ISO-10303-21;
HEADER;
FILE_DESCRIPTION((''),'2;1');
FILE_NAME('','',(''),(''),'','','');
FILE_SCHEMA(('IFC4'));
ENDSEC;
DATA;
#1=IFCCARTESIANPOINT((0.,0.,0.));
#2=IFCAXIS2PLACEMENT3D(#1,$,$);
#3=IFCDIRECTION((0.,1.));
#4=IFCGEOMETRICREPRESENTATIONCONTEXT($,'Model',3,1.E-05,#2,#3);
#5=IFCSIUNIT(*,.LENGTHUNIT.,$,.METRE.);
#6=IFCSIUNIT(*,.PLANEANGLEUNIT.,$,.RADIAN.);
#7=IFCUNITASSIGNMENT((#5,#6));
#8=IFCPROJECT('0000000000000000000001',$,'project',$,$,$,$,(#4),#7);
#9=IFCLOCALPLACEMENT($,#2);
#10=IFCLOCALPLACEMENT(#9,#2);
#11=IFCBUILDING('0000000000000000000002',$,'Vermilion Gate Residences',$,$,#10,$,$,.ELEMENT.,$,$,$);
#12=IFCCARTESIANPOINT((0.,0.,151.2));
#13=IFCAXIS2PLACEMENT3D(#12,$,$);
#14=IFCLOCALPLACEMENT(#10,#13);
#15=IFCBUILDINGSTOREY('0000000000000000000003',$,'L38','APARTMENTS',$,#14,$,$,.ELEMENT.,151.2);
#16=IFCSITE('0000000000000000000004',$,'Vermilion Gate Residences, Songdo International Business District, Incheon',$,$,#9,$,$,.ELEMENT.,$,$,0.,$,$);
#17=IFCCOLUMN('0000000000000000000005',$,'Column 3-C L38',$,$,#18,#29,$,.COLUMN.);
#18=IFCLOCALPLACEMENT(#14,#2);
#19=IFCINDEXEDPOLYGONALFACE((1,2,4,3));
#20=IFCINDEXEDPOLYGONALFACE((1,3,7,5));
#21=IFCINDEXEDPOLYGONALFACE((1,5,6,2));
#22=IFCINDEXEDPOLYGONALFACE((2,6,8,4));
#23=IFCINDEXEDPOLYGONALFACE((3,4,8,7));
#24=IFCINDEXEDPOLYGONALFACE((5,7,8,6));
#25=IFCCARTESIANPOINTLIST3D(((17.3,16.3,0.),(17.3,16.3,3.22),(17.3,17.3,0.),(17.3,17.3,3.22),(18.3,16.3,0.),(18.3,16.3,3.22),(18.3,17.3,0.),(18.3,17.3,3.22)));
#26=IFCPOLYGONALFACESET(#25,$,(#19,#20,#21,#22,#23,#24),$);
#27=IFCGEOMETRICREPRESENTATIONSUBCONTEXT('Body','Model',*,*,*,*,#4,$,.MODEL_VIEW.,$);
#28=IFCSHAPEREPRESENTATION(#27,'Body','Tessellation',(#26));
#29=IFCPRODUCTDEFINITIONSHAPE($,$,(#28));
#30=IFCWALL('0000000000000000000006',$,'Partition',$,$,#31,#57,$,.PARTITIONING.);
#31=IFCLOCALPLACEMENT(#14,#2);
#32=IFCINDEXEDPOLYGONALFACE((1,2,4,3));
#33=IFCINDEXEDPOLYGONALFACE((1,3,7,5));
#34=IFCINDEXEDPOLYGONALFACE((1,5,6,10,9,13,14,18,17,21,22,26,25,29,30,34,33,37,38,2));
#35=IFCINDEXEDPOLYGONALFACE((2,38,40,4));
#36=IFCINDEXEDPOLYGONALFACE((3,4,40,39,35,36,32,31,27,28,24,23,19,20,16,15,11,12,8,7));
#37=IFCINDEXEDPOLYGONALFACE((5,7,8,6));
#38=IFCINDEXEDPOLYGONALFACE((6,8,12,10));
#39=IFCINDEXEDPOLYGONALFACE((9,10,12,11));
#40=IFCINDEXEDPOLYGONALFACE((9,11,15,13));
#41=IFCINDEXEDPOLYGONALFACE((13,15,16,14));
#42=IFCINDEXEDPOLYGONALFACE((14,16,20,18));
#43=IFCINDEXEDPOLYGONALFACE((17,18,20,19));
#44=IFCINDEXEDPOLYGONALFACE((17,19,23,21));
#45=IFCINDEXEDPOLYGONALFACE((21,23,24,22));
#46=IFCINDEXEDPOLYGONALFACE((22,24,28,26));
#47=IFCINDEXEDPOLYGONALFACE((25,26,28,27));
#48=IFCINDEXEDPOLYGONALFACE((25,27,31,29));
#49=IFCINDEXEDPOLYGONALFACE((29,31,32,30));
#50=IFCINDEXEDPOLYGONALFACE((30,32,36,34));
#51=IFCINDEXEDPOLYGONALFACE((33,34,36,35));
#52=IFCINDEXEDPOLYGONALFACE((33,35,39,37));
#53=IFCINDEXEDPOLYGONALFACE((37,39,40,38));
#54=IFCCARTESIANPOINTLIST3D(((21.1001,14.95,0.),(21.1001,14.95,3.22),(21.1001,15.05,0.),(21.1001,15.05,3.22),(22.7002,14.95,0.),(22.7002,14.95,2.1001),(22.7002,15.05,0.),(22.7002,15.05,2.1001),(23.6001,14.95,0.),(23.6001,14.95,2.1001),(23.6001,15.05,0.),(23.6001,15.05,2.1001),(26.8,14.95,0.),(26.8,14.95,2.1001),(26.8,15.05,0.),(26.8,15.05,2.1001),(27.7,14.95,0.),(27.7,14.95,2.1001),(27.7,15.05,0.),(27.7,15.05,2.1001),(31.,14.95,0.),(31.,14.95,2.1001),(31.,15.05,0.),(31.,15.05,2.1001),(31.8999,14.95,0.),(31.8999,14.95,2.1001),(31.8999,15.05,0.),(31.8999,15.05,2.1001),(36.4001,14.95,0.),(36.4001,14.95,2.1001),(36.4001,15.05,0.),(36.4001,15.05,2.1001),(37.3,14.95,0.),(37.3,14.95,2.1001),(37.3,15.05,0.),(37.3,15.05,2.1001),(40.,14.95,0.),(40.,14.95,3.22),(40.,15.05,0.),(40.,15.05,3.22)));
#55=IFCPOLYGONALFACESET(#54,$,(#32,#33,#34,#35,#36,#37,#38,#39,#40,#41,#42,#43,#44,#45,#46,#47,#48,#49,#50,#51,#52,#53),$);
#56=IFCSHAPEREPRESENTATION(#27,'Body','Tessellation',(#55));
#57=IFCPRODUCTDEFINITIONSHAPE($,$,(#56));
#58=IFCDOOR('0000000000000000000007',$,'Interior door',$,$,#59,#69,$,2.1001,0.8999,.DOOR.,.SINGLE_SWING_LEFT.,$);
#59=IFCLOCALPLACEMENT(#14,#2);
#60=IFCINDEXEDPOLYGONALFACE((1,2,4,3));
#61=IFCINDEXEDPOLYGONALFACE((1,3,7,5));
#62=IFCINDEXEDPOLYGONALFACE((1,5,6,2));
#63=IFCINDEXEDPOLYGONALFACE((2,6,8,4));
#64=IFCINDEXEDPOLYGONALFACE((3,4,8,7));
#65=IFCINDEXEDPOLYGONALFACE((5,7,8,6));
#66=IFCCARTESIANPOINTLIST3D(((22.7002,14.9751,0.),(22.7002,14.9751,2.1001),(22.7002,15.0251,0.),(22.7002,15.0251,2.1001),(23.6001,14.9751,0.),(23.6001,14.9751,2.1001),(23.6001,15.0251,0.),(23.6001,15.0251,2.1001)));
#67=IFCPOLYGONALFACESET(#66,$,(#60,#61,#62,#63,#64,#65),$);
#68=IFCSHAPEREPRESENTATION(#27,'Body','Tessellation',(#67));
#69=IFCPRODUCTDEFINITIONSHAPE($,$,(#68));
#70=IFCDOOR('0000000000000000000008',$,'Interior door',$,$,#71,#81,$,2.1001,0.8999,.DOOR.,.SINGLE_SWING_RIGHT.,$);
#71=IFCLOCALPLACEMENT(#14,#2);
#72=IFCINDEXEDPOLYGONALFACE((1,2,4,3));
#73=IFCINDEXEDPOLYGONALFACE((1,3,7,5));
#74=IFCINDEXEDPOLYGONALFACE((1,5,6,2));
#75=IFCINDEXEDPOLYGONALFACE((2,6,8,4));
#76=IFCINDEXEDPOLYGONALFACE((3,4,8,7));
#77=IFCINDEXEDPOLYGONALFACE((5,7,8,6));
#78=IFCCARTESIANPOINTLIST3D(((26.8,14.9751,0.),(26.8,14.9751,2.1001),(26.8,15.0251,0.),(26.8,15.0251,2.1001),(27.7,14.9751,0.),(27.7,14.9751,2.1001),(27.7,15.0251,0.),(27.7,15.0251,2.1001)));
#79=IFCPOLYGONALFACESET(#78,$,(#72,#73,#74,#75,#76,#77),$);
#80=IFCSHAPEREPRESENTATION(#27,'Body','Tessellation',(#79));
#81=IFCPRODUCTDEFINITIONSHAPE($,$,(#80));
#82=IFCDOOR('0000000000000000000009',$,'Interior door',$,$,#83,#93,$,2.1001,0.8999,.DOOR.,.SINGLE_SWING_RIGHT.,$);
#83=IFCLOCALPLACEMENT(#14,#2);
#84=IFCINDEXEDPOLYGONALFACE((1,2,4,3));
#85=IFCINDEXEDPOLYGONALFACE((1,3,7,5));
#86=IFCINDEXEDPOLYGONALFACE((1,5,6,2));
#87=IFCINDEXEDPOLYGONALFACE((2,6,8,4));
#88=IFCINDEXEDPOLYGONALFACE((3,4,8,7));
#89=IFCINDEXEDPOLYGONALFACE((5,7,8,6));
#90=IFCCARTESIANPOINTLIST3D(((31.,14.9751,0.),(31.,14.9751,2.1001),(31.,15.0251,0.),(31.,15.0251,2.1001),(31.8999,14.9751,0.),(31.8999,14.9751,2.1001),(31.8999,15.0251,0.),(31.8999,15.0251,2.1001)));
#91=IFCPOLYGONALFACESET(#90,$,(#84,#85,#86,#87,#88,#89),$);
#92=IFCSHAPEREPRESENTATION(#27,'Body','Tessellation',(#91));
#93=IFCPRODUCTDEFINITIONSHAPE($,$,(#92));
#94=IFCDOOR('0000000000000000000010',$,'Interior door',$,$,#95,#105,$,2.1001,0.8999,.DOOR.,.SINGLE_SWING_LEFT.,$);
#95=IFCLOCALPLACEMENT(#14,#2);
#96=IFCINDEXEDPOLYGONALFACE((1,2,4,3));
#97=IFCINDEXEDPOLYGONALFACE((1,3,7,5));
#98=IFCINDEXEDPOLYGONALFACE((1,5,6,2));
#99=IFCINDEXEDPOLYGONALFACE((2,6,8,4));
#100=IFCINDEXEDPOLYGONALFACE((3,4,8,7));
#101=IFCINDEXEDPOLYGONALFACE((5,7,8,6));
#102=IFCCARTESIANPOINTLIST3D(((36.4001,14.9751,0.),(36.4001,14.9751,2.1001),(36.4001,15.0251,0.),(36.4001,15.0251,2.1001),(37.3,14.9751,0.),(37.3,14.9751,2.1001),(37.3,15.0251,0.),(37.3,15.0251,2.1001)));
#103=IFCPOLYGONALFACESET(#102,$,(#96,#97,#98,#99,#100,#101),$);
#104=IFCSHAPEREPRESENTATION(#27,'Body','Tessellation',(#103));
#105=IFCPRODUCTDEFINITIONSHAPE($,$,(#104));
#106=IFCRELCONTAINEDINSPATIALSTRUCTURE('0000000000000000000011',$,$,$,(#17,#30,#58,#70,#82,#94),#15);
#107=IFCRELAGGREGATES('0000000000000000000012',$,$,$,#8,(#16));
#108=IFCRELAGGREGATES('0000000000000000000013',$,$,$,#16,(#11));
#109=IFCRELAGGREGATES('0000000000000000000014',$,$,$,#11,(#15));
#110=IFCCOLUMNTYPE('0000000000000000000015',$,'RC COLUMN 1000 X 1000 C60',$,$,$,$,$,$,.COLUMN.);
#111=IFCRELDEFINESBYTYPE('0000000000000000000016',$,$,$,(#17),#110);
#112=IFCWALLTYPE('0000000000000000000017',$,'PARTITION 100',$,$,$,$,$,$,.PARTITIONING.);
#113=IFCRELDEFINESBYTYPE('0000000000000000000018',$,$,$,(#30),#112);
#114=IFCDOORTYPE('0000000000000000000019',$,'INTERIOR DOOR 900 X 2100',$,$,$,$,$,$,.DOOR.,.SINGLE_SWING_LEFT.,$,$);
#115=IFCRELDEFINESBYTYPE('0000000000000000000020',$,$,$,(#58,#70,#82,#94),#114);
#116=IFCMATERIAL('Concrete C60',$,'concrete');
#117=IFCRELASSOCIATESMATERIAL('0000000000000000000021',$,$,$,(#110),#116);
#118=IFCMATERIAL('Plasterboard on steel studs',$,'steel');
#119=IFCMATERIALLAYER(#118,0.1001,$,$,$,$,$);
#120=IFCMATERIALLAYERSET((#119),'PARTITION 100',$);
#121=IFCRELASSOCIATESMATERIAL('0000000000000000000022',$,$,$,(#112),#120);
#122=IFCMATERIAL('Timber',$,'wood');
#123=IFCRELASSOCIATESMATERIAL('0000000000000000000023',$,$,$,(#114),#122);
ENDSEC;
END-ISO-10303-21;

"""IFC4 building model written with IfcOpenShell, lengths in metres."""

from ifc_helpers import new_model, si_unit, direction, frame, frame_2d, origin, origin_2d, place, context, subcontext, project, spatial, rectangle, extrude, material, layer, layer_set, material_profile, profile_set, type_object, element, fill, save


model = new_model("IFC4")

# Units and contexts
model_context = context("Model", 3, precision=1e-05, world=origin(), true_north=direction((0.0, 1.0)))
body_context = subcontext(model_context, "Body", "Model", "MODEL_VIEW")
ifc_project = project(units=[si_unit("LENGTHUNIT", "METRE"), si_unit("PLANEANGLEUNIT", "RADIAN")], contexts=[model_context])

# Site, building, storey
site_placement = place(None, origin())
site = spatial("IfcSite", under=ifc_project, at=site_placement, Name="Vermilion Gate Residences, Songdo International Business District, Incheon", CompositionType="ELEMENT", RefElevation=0.0)
building_placement = place(site_placement, origin())
building = spatial("IfcBuilding", under=site, at=building_placement, Name="Vermilion Gate Residences", CompositionType="ELEMENT")
storey_placement = place(building_placement, frame((0.0, 0.0, 151.2)))
storey = spatial("IfcBuildingStorey", under=building, at=storey_placement, Name="L38", Description="APARTMENTS", CompositionType="ELEMENT", Elevation=151.2)

# Column
ifc_material_1 = material(Name="Concrete C60", Category="concrete")
ifc_material_profile = material_profile(ifc_material_1, rectangle(XDim=1.0, YDim=1.0, at=origin_2d()), Name="RC-1000x1000")
ifc_profile_set = profile_set([ifc_material_profile], Name="Concrete C60")
column_type = type_object("IfcColumnType", Name="RC COLUMN 1000 X 1000 C60", PredefinedType="COLUMN", material=ifc_profile_set)
column_placement = place(storey_placement, frame((17.8, 16.8, 0.0), z_axis=(0.0, 0.0, 1.0), x_axis=(1.0, 0.0, 0.0)))
element("IfcColumn", 1, at=column_placement, inside=storey, type_object=column_type, Name="Column 3-C L38", PredefinedType="COLUMN", context=body_context, shape_type="SweptSolid", body=[
    extrude(rectangle(XDim=1.0, YDim=1.0, at=origin_2d()), origin(), (0.0, 0.0, 1.0), 3.22),
])

# Wall, openings, doors
ifc_material_2 = material(Name="Plasterboard on steel studs", Category="steel")
ifc_layer_1 = layer(ifc_material_2, 0.1001)
ifc_layer_set_1 = layer_set([ifc_layer_1], Name="PARTITION 100")
wall_type_1 = type_object("IfcWallType", Name="PARTITION 100", PredefinedType="PARTITIONING", material=ifc_layer_set_1)
wall_1_placement = place(storey_placement, frame((21.1001, 15.0, 0.0), z_axis=(0.0, 0.0, 1.0), x_axis=(1.0, 0.0, 0.0)))
wall_1 = element("IfcWall", 2, at=wall_1_placement, inside=storey, type_object=wall_type_1, Name="Partition", PredefinedType="PARTITIONING", context=body_context, shape_type="SweptSolid", body=[
    extrude(rectangle(XDim=18.8999, YDim=0.1001, at=frame_2d((9.45, 0.0))), origin(), (0.0, 0.0, 1.0), 3.22),
])
opening_1_placement = place(wall_1_placement, frame((1.6001, 0.0, 0.0)))
opening_1 = element("IfcOpeningElement", 3, at=opening_1_placement, cuts=wall_1, PredefinedType="OPENING", context=body_context, shape_type="SweptSolid", body=[
    extrude(rectangle(XDim=0.8999, YDim=2.1001, at=frame_2d((0.45, 1.05))), frame((0.0, 0.0601, 0.0), z_axis=(0.0, -1.0, 0.0), x_axis=(1.0, 0.0, 0.0)), (0.0, 0.0, 1.0), 0.1201),
])
opening_2_placement = place(wall_1_placement, frame((5.7, 0.0, 0.0)))
opening_2 = element("IfcOpeningElement", 4, at=opening_2_placement, cuts=wall_1, PredefinedType="OPENING", context=body_context, shape_type="SweptSolid", body=[
    extrude(rectangle(XDim=0.8999, YDim=2.1001, at=frame_2d((0.45, 1.05))), frame((0.0, 0.0601, 0.0), z_axis=(0.0, -1.0, 0.0), x_axis=(1.0, 0.0, 0.0)), (0.0, 0.0, 1.0), 0.1201),
])
opening_3_placement = place(wall_1_placement, frame((9.8999, 0.0, 0.0)))
opening_3 = element("IfcOpeningElement", 5, at=opening_3_placement, cuts=wall_1, PredefinedType="OPENING", context=body_context, shape_type="SweptSolid", body=[
    extrude(rectangle(XDim=0.8999, YDim=2.1001, at=frame_2d((0.45, 1.05))), frame((0.0, 0.0601, 0.0), z_axis=(0.0, -1.0, 0.0), x_axis=(1.0, 0.0, 0.0)), (0.0, 0.0, 1.0), 0.1201),
])
opening_4_placement = place(wall_1_placement, frame((15.3, 0.0, 0.0)))
opening_4 = element("IfcOpeningElement", 6, at=opening_4_placement, cuts=wall_1, PredefinedType="OPENING", context=body_context, shape_type="SweptSolid", body=[
    extrude(rectangle(XDim=0.8999, YDim=2.1001, at=frame_2d((0.45, 1.05))), frame((0.0, 0.0601, 0.0), z_axis=(0.0, -1.0, 0.0), x_axis=(1.0, 0.0, 0.0)), (0.0, 0.0, 1.0), 0.1201),
])
ifc_material_3 = material(Name="Timber", Category="wood")
door_type_1 = type_object("IfcDoorType", Name="INTERIOR DOOR 900 X 2100", OperationType="SINGLE_SWING_LEFT", PredefinedType="DOOR", material=ifc_material_3)
door_1_placement = place(opening_1_placement, frame((0.8999, 0.0, 0.0), z_axis=(0.0, 0.0, 1.0), x_axis=(-1.0, 0.0, 0.0)))
door_1 = element("IfcDoor", 7, at=door_1_placement, inside=storey, type_object=door_type_1, Name="Interior door", OperationType="SINGLE_SWING_LEFT", OverallHeight=2.1001, OverallWidth=0.8999, PredefinedType="DOOR", context=body_context, shape_type="SweptSolid", body=[
    extrude(rectangle(XDim=0.8999, YDim=2.1001, at=frame_2d((0.45, 1.05))), frame((0.0, 0.0249, 0.0), z_axis=(0.0, -1.0, 0.0), x_axis=(1.0, 0.0, 0.0)), (0.0, 0.0, 1.0), 0.05),
])
fill(opening_1, door_1)
door_2_placement = place(opening_2_placement, frame((0.8999, 0.0, 0.0), z_axis=(0.0, 0.0, 1.0), x_axis=(-1.0, 0.0, 0.0)))
door_2 = element("IfcDoor", 8, at=door_2_placement, inside=storey, type_object=door_type_1, Name="Interior door", OperationType="SINGLE_SWING_RIGHT", OverallHeight=2.1001, OverallWidth=0.8999, PredefinedType="DOOR", context=body_context, shape_type="SweptSolid", body=[
    extrude(rectangle(XDim=0.8999, YDim=2.1001, at=frame_2d((0.45, 1.05))), frame((0.0, 0.0249, 0.0), z_axis=(0.0, -1.0, 0.0), x_axis=(1.0, 0.0, 0.0)), (0.0, 0.0, 1.0), 0.05),
])
fill(opening_2, door_2)
door_3_placement = place(opening_3_placement, frame((0.8999, 0.0, 0.0), z_axis=(0.0, 0.0, 1.0), x_axis=(-1.0, 0.0, 0.0)))
door_3 = element("IfcDoor", 9, at=door_3_placement, inside=storey, type_object=door_type_1, Name="Interior door", OperationType="SINGLE_SWING_RIGHT", OverallHeight=2.1001, OverallWidth=0.8999, PredefinedType="DOOR", context=body_context, shape_type="SweptSolid", body=[
    extrude(rectangle(XDim=0.8999, YDim=2.1001, at=frame_2d((0.45, 1.05))), frame((0.0, 0.0249, 0.0), z_axis=(0.0, -1.0, 0.0), x_axis=(1.0, 0.0, 0.0)), (0.0, 0.0, 1.0), 0.05),
])
fill(opening_3, door_3)
door_4_placement = place(opening_4_placement, frame((0.8999, 0.0, 0.0), z_axis=(0.0, 0.0, 1.0), x_axis=(-1.0, 0.0, 0.0)))
door_4 = element("IfcDoor", 10, at=door_4_placement, inside=storey, type_object=door_type_1, Name="Interior door", OperationType="SINGLE_SWING_LEFT", OverallHeight=2.1001, OverallWidth=0.8999, PredefinedType="DOOR", context=body_context, shape_type="SweptSolid", body=[
    extrude(rectangle(XDim=0.8999, YDim=2.1001, at=frame_2d((0.45, 1.05))), frame((0.0, 0.0249, 0.0), z_axis=(0.0, -1.0, 0.0), x_axis=(1.0, 0.0, 0.0)), (0.0, 0.0, 1.0), 0.05),
])
fill(opening_4, door_4)

save(model, "model.ifc")
